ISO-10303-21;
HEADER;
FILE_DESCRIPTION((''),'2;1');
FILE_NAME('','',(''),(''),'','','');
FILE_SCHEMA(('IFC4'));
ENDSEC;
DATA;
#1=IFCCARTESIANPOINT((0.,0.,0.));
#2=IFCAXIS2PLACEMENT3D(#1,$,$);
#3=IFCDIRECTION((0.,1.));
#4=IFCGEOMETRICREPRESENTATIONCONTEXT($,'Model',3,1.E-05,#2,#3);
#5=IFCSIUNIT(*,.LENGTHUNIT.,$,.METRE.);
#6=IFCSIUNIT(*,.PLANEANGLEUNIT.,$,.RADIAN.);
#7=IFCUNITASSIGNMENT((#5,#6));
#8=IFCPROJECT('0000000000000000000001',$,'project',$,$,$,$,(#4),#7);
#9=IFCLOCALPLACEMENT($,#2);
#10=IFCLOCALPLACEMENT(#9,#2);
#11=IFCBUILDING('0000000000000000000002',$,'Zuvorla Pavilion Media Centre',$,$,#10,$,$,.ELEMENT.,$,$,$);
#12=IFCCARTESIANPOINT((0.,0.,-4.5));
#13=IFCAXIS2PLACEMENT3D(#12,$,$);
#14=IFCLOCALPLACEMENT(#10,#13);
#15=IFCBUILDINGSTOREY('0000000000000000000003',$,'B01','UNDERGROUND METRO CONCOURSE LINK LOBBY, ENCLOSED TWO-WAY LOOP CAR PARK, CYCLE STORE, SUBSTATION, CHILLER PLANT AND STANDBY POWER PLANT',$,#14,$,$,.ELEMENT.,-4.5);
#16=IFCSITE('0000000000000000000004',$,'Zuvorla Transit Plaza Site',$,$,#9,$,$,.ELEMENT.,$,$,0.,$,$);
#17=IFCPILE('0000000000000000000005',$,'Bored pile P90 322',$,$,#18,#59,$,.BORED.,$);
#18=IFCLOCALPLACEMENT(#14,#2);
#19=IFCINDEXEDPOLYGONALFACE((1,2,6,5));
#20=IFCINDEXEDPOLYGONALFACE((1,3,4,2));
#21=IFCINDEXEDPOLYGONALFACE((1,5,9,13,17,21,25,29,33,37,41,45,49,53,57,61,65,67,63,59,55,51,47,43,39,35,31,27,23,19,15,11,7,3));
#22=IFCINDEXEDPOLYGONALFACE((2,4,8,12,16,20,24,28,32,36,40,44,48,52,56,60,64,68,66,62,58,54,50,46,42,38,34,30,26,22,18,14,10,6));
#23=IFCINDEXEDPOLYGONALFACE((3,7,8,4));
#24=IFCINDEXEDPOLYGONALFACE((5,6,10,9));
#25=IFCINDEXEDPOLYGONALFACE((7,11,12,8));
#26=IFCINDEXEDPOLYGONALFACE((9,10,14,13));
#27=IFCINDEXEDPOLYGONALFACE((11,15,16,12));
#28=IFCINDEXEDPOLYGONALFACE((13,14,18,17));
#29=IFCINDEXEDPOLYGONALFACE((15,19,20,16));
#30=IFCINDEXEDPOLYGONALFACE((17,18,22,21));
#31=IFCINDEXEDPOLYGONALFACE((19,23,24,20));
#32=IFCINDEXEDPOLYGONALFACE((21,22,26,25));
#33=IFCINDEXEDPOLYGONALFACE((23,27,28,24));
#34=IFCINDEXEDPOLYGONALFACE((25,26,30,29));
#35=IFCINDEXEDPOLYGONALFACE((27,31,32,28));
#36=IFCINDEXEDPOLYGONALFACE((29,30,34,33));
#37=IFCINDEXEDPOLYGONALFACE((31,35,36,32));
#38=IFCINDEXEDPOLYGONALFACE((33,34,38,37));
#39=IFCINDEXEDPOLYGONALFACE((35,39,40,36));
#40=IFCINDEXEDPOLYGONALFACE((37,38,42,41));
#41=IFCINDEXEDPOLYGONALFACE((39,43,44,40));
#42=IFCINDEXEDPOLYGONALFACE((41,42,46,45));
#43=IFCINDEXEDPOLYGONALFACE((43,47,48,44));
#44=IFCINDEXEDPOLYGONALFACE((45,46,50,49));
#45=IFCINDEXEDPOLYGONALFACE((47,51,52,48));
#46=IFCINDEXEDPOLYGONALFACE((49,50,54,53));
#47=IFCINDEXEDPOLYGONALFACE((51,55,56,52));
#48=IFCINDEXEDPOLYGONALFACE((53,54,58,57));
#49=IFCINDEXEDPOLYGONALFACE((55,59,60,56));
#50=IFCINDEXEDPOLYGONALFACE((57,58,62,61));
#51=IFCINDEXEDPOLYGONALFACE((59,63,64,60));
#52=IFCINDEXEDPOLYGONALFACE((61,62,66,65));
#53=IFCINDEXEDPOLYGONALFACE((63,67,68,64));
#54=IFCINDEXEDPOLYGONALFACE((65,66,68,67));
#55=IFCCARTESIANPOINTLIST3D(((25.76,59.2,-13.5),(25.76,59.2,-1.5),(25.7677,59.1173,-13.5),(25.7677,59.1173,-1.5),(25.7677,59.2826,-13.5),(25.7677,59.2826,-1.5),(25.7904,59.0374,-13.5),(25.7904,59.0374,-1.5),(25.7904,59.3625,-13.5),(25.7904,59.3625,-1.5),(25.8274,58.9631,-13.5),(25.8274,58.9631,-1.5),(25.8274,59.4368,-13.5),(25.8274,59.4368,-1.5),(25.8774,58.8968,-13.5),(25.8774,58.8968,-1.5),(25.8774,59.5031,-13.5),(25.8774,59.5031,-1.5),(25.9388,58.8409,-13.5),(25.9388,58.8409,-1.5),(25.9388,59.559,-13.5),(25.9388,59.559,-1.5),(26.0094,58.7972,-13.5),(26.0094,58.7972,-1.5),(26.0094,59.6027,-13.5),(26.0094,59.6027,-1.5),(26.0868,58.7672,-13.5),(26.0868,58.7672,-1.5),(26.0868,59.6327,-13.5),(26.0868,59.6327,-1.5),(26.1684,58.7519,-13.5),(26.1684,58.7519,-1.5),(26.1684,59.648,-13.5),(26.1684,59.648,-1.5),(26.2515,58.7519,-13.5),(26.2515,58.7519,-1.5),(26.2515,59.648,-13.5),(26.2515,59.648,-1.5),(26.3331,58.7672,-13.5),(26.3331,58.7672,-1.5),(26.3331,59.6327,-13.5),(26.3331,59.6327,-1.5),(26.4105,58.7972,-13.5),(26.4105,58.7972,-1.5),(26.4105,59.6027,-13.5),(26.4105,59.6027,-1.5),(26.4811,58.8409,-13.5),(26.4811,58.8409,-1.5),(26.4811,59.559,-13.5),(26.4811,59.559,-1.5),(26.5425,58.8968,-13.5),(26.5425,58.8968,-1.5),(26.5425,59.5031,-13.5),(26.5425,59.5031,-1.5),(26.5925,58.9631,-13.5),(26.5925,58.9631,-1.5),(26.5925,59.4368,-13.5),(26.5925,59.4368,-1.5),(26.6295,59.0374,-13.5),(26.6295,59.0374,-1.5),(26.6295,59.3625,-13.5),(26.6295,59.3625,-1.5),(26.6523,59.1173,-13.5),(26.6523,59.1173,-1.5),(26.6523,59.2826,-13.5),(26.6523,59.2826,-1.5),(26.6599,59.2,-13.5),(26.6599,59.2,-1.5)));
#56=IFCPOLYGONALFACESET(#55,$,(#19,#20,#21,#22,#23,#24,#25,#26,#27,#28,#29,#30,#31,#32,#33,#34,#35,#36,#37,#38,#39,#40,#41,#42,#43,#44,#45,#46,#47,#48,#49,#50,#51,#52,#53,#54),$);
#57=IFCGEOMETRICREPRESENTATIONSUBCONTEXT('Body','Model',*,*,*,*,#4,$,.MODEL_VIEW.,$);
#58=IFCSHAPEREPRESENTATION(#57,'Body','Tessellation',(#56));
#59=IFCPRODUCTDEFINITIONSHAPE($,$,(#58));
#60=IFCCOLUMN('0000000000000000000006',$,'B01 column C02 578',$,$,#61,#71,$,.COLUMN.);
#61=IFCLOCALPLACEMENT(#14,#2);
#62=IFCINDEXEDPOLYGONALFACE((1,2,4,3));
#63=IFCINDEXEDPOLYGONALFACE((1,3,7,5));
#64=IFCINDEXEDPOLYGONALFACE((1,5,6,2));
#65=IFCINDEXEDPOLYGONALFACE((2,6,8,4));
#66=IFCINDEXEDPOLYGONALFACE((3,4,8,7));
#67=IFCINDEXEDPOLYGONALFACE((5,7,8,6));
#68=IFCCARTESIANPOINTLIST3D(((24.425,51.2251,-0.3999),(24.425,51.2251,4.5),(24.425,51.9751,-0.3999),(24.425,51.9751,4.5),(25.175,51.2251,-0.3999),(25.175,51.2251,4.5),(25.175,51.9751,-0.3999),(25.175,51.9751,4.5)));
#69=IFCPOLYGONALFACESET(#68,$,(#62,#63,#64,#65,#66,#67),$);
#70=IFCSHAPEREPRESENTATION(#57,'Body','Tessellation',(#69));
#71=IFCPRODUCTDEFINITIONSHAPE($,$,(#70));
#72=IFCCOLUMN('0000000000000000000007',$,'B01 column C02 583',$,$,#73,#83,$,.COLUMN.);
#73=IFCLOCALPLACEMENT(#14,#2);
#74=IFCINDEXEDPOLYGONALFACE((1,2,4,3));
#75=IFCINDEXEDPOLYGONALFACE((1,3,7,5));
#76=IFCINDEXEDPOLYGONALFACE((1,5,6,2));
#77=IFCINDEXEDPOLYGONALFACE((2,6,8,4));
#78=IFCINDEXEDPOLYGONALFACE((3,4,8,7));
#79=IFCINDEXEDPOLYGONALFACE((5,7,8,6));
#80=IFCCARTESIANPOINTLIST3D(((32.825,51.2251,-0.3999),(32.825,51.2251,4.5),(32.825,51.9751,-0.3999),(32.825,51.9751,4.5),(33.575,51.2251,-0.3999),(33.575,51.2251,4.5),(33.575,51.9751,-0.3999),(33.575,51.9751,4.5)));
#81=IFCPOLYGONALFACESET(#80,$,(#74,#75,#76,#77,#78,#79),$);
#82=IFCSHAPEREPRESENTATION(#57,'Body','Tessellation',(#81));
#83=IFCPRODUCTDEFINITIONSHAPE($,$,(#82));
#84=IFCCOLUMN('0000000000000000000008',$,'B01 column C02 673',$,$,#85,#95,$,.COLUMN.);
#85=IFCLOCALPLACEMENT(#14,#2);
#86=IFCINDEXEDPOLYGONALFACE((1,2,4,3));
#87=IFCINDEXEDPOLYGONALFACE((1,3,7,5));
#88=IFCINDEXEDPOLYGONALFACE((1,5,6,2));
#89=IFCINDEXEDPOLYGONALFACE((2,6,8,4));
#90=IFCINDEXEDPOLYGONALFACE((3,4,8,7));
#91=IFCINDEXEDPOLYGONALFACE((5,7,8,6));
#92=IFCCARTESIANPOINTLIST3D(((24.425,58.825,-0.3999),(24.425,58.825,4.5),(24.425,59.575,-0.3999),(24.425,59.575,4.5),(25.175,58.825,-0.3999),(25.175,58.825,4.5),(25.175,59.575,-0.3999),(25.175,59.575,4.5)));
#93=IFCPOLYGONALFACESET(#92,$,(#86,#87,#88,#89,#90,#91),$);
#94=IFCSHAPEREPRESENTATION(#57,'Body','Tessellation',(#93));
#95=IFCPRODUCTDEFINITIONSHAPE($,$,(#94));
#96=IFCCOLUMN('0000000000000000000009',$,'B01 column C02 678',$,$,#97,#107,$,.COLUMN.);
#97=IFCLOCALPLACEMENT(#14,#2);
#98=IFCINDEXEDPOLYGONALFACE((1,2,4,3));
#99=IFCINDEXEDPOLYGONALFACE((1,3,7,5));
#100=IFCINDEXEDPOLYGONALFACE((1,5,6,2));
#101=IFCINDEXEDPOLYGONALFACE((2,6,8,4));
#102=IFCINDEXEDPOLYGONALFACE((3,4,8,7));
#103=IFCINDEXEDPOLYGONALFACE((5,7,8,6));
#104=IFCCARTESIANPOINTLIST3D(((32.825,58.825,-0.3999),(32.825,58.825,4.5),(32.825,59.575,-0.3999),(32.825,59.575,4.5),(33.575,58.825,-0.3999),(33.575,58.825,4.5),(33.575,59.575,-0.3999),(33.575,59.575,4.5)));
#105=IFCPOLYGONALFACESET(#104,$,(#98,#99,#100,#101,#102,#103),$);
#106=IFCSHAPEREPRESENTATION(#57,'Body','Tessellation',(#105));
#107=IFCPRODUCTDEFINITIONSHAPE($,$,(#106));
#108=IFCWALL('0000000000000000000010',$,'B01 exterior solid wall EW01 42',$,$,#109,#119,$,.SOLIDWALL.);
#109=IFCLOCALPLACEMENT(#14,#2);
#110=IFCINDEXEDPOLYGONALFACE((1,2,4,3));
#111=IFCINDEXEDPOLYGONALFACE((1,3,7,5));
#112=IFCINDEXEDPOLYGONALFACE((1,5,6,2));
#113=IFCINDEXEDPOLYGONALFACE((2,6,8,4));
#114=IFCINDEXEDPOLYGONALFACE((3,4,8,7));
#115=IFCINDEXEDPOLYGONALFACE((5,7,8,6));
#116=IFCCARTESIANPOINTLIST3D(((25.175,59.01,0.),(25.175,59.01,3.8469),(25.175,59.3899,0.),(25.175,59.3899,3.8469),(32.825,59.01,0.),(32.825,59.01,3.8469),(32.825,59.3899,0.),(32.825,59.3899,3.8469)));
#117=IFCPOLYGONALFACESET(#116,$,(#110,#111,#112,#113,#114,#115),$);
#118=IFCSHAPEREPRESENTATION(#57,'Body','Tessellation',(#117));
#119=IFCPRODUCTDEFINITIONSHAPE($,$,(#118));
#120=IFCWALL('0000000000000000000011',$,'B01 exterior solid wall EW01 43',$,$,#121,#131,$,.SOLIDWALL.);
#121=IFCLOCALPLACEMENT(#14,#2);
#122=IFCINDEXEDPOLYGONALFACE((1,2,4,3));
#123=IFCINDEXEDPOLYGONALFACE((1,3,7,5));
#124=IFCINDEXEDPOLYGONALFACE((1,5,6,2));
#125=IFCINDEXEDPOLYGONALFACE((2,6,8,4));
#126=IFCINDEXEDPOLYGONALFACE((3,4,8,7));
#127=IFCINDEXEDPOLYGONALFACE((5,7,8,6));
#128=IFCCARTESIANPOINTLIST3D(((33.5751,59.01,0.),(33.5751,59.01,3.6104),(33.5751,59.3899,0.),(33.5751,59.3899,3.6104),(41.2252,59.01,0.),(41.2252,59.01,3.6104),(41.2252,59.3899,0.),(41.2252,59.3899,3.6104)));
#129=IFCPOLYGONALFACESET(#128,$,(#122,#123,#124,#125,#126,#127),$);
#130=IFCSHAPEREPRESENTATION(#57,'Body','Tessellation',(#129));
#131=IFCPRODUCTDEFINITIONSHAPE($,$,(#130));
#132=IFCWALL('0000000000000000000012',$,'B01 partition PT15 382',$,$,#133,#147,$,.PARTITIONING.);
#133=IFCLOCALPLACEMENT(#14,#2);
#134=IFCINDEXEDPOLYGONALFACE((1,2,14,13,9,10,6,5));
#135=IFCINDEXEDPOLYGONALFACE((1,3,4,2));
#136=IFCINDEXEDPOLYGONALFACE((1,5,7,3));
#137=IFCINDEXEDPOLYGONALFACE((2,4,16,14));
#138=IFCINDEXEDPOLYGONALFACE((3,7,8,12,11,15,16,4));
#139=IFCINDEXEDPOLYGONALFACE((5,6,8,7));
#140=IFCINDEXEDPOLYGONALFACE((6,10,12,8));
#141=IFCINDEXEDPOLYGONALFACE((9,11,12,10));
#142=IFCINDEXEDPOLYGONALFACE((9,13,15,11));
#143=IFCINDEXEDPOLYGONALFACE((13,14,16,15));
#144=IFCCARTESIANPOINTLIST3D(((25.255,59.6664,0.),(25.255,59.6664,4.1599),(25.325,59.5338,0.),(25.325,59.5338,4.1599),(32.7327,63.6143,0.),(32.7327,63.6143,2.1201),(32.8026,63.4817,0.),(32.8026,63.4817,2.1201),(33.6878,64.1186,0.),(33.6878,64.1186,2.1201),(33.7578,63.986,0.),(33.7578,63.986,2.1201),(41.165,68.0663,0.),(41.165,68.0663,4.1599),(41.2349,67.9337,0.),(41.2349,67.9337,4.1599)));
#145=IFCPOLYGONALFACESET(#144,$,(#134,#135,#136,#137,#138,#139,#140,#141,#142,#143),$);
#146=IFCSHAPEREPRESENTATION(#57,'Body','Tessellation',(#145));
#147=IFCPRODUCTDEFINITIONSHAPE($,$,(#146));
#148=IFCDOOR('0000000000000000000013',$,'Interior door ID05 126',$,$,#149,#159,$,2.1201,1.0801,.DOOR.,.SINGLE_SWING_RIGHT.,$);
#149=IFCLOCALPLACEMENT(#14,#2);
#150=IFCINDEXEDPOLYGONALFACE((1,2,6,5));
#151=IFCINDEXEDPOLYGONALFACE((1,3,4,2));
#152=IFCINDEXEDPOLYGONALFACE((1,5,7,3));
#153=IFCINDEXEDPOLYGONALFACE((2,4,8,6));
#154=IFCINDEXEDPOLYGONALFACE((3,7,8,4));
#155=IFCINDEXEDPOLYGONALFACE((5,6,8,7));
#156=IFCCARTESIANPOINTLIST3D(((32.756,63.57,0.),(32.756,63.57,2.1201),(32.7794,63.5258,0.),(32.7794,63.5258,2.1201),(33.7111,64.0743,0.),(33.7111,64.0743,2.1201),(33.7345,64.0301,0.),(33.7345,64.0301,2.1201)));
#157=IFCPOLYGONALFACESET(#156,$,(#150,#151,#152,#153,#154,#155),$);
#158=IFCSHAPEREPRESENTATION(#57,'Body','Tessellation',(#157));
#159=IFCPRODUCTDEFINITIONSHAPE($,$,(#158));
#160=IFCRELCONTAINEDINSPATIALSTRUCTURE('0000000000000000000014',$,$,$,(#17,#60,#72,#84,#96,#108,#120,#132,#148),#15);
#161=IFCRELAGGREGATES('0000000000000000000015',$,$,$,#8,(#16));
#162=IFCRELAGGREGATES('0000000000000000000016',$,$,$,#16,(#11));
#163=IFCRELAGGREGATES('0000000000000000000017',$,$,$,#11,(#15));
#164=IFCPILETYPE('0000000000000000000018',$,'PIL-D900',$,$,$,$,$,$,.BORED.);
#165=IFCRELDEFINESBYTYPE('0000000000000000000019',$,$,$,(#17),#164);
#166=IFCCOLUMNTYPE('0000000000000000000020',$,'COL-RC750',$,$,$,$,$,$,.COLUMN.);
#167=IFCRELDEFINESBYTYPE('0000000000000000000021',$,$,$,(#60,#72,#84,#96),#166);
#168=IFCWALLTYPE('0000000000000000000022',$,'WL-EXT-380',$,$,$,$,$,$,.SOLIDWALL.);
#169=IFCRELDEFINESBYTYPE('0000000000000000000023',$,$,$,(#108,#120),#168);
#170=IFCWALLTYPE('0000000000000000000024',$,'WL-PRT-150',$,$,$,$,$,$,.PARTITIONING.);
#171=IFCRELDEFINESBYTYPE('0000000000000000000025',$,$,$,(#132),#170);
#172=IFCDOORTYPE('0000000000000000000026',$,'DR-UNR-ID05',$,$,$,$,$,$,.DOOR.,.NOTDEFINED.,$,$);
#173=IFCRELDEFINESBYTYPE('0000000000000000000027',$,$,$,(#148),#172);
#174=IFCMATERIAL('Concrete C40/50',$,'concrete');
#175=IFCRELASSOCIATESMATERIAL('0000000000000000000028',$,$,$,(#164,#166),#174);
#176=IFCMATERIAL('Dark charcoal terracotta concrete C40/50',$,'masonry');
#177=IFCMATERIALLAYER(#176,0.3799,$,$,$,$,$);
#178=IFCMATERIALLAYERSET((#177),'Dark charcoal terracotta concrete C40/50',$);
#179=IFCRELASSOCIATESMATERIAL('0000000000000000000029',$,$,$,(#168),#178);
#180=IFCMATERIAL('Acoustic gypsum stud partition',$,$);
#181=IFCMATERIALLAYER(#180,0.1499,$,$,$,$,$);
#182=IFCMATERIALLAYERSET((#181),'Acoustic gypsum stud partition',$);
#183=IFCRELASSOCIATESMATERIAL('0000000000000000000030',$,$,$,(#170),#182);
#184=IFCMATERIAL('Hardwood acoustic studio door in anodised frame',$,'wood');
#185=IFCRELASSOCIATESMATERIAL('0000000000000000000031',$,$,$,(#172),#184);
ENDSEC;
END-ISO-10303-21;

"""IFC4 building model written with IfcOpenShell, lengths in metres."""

from ifc_helpers import new_model, si_unit, direction, frame, frame_2d, origin, origin_2d, place, context, subcontext, project, spatial, rectangle, circle, extrude, material, layer, layer_set, material_profile, profile_set, type_object, element, fill, save


model = new_model("IFC4")

# Units and contexts
model_context = context("Model", 3, precision=1e-05, world=origin(), true_north=direction((0.0, 1.0)))
body_context = subcontext(model_context, "Body", "Model", "MODEL_VIEW")
ifc_project = project(units=[si_unit("LENGTHUNIT", "METRE"), si_unit("PLANEANGLEUNIT", "RADIAN")], contexts=[model_context])

# Site, building, storey
site_placement = place(None, origin())
site = spatial("IfcSite", under=ifc_project, at=site_placement, Name="Zuvorla Transit Plaza Site", CompositionType="ELEMENT", RefElevation=0.0)
building_placement = place(site_placement, origin())
building = spatial("IfcBuilding", under=site, at=building_placement, Name="Zuvorla Pavilion Media Centre", CompositionType="ELEMENT")
storey_placement = place(building_placement, frame((0.0, 0.0, -4.5)))
storey = spatial("IfcBuildingStorey", under=building, at=storey_placement, Name="B01", Description="UNDERGROUND METRO CONCOURSE LINK LOBBY, ENCLOSED TWO-WAY LOOP CAR PARK, CYCLE STORE, SUBSTATION, CHILLER PLANT AND STANDBY POWER PLANT", CompositionType="ELEMENT", Elevation=-4.5)

# Shared definitions
ifc_material_1 = material(Name="Concrete C40/50", Category="concrete")

# Pile
ifc_material_profile_1 = material_profile(ifc_material_1, circle(Radius=0.45, at=origin_2d()), Name="BORED PILE 900")
ifc_profile_set_1 = profile_set([ifc_material_profile_1], Name="Concrete C40/50")
pile_type_1 = type_object("IfcPileType", Name="PIL-D900", PredefinedType="BORED", material=ifc_profile_set_1)
for number, where, z_axis, x_axis, name in (
    (1, (26.21, 59.2, -1.5), (0.0, 0.0, -1.0), (1.0, 0.0, 0.0), "Bored pile P90 322"),
):
    element("IfcPile", number, at=place(storey_placement, frame(where, z_axis=z_axis, x_axis=x_axis)), inside=storey, type_object=pile_type_1, Name=name, PredefinedType="BORED", context=body_context, shape_type="SweptSolid", body=[
        extrude(circle(Radius=0.45, at=origin_2d()), origin(), (0.0, 0.0, 1.0), 12.0),
    ])

# Columns
ifc_material_profile_2 = material_profile(ifc_material_1, rectangle(XDim=0.75, YDim=0.75, at=origin_2d()), Name="RC 750x750")
ifc_profile_set_2 = profile_set([ifc_material_profile_2], Name="Concrete C40/50")
column_type = type_object("IfcColumnType", Name="COL-RC750", PredefinedType="COLUMN", material=ifc_profile_set_2)
for number, where, z_axis, x_axis, name in (
    (2, (24.8, 51.6001, -0.3999), (0.0, 0.0, 1.0), (1.0, 0.0, 0.0), "B01 column C02 578"),
    (3, (33.2, 51.6001, -0.3999), (0.0, 0.0, 1.0), (1.0, 0.0, 0.0), "B01 column C02 583"),
    (4, (24.8, 59.2, -0.3999), (0.0, 0.0, 1.0), (1.0, 0.0, 0.0), "B01 column C02 673"),
    (5, (33.2, 59.2, -0.3999), (0.0, 0.0, 1.0), (1.0, 0.0, 0.0), "B01 column C02 678"),
):
    element("IfcColumn", number, at=place(storey_placement, frame(where, z_axis=z_axis, x_axis=x_axis)), inside=storey, type_object=column_type, Name=name, PredefinedType="COLUMN", context=body_context, shape_type="SweptSolid", body=[
        extrude(rectangle(XDim=0.75, YDim=0.75, at=origin_2d()), origin(), (0.0, 0.0, 1.0), 4.8999),
    ])

# Walls
ifc_material_2 = material(Name="Dark charcoal terracotta concrete C40/50", Category="masonry")
ifc_layer_1 = layer(ifc_material_2, 0.3799)
ifc_layer_set_1 = layer_set([ifc_layer_1], Name="Dark charcoal terracotta concrete C40/50")
wall_type_1 = type_object("IfcWallType", Name="WL-EXT-380", PredefinedType="SOLIDWALL", material=ifc_layer_set_1)
wall_1_placement = place(storey_placement, frame((25.175, 59.2, 0.0), z_axis=(0.0, 0.0, 1.0), x_axis=(1.0, 0.0, 0.0)))
element("IfcWall", 6, at=wall_1_placement, inside=storey, type_object=wall_type_1, Name="B01 exterior solid wall EW01 42", PredefinedType="SOLIDWALL", context=body_context, shape_type="SweptSolid", body=[
    extrude(rectangle(XDim=7.6499, YDim=0.3799, at=frame_2d((3.825, 0.0))), origin(), (0.0, 0.0, 1.0), 3.8469),
])
wall_2_placement = place(storey_placement, frame((33.575, 59.2, 0.0), z_axis=(0.0, 0.0, 1.0), x_axis=(1.0, 0.0, 0.0)))
element("IfcWall", 7, at=wall_2_placement, inside=storey, type_object=wall_type_1, Name="B01 exterior solid wall EW01 43", PredefinedType="SOLIDWALL", context=body_context, shape_type="SweptSolid", body=[
    extrude(rectangle(XDim=7.6501, YDim=0.3799, at=frame_2d((3.8252, 0.0))), origin(), (0.0, 0.0, 1.0), 3.6104),
])

# Wall, opening, door
ifc_material_3 = material(Name="Acoustic gypsum stud partition")
ifc_layer_2 = layer(ifc_material_3, 0.1499)
ifc_layer_set_2 = layer_set([ifc_layer_2], Name="Acoustic gypsum stud partition")
wall_type_2 = type_object("IfcWallType", Name="WL-PRT-150", PredefinedType="PARTITIONING", material=ifc_layer_set_2)
wall_3_placement = place(storey_placement, frame((25.29, 59.6001, 0.0), z_axis=(0.0, 0.0, 1.0), x_axis=(0.884316, 0.466889, 0.0)))
wall_3 = element("IfcWall", 8, at=wall_3_placement, inside=storey, type_object=wall_type_2, Name="B01 partition PT15 382", PredefinedType="PARTITIONING", context=body_context, shape_type="SweptSolid", body=[
    extrude(rectangle(XDim=17.9912, YDim=0.1499, at=frame_2d((8.9956, 0.0))), origin(), (0.0, 0.0, 1.0), 4.1599),
])
opening_placement = place(wall_3_placement, frame((8.4558, 0.0, 0.0)))
opening = element("IfcOpeningElement", 9, at=opening_placement, cuts=wall_3, PredefinedType="OPENING", context=body_context, shape_type="SweptSolid", body=[
    extrude(rectangle(XDim=1.0801, YDim=2.1201, at=frame_2d((0.54, 1.0601))), frame((0.0, 0.085, 0.0), z_axis=(0.0, -1.0, 0.0), x_axis=(1.0, 0.0, 0.0)), (0.0, 0.0, 1.0), 0.1699),
])
ifc_material_4 = material(Name="Hardwood acoustic studio door in anodised frame", Category="wood")
door_type = type_object("IfcDoorType", Name="DR-UNR-ID05", OperationType="NOTDEFINED", PredefinedType="DOOR", material=ifc_material_4)
door_placement = place(opening_placement, origin())
door = element("IfcDoor", 10, at=door_placement, inside=storey, type_object=door_type, Name="Interior door ID05 126", OperationType="SINGLE_SWING_RIGHT", OverallHeight=2.1201, OverallWidth=1.0801, PredefinedType="DOOR", context=body_context, shape_type="SweptSolid", body=[
    extrude(rectangle(XDim=1.0801, YDim=2.1201, at=frame_2d((0.54, 1.0601))), frame((0.0, 0.0249, 0.0), z_axis=(0.0, -1.0, 0.0), x_axis=(1.0, 0.0, 0.0)), (0.0, 0.0, 1.0), 0.05),
])
fill(opening, door)

save(model, "model.ifc")
